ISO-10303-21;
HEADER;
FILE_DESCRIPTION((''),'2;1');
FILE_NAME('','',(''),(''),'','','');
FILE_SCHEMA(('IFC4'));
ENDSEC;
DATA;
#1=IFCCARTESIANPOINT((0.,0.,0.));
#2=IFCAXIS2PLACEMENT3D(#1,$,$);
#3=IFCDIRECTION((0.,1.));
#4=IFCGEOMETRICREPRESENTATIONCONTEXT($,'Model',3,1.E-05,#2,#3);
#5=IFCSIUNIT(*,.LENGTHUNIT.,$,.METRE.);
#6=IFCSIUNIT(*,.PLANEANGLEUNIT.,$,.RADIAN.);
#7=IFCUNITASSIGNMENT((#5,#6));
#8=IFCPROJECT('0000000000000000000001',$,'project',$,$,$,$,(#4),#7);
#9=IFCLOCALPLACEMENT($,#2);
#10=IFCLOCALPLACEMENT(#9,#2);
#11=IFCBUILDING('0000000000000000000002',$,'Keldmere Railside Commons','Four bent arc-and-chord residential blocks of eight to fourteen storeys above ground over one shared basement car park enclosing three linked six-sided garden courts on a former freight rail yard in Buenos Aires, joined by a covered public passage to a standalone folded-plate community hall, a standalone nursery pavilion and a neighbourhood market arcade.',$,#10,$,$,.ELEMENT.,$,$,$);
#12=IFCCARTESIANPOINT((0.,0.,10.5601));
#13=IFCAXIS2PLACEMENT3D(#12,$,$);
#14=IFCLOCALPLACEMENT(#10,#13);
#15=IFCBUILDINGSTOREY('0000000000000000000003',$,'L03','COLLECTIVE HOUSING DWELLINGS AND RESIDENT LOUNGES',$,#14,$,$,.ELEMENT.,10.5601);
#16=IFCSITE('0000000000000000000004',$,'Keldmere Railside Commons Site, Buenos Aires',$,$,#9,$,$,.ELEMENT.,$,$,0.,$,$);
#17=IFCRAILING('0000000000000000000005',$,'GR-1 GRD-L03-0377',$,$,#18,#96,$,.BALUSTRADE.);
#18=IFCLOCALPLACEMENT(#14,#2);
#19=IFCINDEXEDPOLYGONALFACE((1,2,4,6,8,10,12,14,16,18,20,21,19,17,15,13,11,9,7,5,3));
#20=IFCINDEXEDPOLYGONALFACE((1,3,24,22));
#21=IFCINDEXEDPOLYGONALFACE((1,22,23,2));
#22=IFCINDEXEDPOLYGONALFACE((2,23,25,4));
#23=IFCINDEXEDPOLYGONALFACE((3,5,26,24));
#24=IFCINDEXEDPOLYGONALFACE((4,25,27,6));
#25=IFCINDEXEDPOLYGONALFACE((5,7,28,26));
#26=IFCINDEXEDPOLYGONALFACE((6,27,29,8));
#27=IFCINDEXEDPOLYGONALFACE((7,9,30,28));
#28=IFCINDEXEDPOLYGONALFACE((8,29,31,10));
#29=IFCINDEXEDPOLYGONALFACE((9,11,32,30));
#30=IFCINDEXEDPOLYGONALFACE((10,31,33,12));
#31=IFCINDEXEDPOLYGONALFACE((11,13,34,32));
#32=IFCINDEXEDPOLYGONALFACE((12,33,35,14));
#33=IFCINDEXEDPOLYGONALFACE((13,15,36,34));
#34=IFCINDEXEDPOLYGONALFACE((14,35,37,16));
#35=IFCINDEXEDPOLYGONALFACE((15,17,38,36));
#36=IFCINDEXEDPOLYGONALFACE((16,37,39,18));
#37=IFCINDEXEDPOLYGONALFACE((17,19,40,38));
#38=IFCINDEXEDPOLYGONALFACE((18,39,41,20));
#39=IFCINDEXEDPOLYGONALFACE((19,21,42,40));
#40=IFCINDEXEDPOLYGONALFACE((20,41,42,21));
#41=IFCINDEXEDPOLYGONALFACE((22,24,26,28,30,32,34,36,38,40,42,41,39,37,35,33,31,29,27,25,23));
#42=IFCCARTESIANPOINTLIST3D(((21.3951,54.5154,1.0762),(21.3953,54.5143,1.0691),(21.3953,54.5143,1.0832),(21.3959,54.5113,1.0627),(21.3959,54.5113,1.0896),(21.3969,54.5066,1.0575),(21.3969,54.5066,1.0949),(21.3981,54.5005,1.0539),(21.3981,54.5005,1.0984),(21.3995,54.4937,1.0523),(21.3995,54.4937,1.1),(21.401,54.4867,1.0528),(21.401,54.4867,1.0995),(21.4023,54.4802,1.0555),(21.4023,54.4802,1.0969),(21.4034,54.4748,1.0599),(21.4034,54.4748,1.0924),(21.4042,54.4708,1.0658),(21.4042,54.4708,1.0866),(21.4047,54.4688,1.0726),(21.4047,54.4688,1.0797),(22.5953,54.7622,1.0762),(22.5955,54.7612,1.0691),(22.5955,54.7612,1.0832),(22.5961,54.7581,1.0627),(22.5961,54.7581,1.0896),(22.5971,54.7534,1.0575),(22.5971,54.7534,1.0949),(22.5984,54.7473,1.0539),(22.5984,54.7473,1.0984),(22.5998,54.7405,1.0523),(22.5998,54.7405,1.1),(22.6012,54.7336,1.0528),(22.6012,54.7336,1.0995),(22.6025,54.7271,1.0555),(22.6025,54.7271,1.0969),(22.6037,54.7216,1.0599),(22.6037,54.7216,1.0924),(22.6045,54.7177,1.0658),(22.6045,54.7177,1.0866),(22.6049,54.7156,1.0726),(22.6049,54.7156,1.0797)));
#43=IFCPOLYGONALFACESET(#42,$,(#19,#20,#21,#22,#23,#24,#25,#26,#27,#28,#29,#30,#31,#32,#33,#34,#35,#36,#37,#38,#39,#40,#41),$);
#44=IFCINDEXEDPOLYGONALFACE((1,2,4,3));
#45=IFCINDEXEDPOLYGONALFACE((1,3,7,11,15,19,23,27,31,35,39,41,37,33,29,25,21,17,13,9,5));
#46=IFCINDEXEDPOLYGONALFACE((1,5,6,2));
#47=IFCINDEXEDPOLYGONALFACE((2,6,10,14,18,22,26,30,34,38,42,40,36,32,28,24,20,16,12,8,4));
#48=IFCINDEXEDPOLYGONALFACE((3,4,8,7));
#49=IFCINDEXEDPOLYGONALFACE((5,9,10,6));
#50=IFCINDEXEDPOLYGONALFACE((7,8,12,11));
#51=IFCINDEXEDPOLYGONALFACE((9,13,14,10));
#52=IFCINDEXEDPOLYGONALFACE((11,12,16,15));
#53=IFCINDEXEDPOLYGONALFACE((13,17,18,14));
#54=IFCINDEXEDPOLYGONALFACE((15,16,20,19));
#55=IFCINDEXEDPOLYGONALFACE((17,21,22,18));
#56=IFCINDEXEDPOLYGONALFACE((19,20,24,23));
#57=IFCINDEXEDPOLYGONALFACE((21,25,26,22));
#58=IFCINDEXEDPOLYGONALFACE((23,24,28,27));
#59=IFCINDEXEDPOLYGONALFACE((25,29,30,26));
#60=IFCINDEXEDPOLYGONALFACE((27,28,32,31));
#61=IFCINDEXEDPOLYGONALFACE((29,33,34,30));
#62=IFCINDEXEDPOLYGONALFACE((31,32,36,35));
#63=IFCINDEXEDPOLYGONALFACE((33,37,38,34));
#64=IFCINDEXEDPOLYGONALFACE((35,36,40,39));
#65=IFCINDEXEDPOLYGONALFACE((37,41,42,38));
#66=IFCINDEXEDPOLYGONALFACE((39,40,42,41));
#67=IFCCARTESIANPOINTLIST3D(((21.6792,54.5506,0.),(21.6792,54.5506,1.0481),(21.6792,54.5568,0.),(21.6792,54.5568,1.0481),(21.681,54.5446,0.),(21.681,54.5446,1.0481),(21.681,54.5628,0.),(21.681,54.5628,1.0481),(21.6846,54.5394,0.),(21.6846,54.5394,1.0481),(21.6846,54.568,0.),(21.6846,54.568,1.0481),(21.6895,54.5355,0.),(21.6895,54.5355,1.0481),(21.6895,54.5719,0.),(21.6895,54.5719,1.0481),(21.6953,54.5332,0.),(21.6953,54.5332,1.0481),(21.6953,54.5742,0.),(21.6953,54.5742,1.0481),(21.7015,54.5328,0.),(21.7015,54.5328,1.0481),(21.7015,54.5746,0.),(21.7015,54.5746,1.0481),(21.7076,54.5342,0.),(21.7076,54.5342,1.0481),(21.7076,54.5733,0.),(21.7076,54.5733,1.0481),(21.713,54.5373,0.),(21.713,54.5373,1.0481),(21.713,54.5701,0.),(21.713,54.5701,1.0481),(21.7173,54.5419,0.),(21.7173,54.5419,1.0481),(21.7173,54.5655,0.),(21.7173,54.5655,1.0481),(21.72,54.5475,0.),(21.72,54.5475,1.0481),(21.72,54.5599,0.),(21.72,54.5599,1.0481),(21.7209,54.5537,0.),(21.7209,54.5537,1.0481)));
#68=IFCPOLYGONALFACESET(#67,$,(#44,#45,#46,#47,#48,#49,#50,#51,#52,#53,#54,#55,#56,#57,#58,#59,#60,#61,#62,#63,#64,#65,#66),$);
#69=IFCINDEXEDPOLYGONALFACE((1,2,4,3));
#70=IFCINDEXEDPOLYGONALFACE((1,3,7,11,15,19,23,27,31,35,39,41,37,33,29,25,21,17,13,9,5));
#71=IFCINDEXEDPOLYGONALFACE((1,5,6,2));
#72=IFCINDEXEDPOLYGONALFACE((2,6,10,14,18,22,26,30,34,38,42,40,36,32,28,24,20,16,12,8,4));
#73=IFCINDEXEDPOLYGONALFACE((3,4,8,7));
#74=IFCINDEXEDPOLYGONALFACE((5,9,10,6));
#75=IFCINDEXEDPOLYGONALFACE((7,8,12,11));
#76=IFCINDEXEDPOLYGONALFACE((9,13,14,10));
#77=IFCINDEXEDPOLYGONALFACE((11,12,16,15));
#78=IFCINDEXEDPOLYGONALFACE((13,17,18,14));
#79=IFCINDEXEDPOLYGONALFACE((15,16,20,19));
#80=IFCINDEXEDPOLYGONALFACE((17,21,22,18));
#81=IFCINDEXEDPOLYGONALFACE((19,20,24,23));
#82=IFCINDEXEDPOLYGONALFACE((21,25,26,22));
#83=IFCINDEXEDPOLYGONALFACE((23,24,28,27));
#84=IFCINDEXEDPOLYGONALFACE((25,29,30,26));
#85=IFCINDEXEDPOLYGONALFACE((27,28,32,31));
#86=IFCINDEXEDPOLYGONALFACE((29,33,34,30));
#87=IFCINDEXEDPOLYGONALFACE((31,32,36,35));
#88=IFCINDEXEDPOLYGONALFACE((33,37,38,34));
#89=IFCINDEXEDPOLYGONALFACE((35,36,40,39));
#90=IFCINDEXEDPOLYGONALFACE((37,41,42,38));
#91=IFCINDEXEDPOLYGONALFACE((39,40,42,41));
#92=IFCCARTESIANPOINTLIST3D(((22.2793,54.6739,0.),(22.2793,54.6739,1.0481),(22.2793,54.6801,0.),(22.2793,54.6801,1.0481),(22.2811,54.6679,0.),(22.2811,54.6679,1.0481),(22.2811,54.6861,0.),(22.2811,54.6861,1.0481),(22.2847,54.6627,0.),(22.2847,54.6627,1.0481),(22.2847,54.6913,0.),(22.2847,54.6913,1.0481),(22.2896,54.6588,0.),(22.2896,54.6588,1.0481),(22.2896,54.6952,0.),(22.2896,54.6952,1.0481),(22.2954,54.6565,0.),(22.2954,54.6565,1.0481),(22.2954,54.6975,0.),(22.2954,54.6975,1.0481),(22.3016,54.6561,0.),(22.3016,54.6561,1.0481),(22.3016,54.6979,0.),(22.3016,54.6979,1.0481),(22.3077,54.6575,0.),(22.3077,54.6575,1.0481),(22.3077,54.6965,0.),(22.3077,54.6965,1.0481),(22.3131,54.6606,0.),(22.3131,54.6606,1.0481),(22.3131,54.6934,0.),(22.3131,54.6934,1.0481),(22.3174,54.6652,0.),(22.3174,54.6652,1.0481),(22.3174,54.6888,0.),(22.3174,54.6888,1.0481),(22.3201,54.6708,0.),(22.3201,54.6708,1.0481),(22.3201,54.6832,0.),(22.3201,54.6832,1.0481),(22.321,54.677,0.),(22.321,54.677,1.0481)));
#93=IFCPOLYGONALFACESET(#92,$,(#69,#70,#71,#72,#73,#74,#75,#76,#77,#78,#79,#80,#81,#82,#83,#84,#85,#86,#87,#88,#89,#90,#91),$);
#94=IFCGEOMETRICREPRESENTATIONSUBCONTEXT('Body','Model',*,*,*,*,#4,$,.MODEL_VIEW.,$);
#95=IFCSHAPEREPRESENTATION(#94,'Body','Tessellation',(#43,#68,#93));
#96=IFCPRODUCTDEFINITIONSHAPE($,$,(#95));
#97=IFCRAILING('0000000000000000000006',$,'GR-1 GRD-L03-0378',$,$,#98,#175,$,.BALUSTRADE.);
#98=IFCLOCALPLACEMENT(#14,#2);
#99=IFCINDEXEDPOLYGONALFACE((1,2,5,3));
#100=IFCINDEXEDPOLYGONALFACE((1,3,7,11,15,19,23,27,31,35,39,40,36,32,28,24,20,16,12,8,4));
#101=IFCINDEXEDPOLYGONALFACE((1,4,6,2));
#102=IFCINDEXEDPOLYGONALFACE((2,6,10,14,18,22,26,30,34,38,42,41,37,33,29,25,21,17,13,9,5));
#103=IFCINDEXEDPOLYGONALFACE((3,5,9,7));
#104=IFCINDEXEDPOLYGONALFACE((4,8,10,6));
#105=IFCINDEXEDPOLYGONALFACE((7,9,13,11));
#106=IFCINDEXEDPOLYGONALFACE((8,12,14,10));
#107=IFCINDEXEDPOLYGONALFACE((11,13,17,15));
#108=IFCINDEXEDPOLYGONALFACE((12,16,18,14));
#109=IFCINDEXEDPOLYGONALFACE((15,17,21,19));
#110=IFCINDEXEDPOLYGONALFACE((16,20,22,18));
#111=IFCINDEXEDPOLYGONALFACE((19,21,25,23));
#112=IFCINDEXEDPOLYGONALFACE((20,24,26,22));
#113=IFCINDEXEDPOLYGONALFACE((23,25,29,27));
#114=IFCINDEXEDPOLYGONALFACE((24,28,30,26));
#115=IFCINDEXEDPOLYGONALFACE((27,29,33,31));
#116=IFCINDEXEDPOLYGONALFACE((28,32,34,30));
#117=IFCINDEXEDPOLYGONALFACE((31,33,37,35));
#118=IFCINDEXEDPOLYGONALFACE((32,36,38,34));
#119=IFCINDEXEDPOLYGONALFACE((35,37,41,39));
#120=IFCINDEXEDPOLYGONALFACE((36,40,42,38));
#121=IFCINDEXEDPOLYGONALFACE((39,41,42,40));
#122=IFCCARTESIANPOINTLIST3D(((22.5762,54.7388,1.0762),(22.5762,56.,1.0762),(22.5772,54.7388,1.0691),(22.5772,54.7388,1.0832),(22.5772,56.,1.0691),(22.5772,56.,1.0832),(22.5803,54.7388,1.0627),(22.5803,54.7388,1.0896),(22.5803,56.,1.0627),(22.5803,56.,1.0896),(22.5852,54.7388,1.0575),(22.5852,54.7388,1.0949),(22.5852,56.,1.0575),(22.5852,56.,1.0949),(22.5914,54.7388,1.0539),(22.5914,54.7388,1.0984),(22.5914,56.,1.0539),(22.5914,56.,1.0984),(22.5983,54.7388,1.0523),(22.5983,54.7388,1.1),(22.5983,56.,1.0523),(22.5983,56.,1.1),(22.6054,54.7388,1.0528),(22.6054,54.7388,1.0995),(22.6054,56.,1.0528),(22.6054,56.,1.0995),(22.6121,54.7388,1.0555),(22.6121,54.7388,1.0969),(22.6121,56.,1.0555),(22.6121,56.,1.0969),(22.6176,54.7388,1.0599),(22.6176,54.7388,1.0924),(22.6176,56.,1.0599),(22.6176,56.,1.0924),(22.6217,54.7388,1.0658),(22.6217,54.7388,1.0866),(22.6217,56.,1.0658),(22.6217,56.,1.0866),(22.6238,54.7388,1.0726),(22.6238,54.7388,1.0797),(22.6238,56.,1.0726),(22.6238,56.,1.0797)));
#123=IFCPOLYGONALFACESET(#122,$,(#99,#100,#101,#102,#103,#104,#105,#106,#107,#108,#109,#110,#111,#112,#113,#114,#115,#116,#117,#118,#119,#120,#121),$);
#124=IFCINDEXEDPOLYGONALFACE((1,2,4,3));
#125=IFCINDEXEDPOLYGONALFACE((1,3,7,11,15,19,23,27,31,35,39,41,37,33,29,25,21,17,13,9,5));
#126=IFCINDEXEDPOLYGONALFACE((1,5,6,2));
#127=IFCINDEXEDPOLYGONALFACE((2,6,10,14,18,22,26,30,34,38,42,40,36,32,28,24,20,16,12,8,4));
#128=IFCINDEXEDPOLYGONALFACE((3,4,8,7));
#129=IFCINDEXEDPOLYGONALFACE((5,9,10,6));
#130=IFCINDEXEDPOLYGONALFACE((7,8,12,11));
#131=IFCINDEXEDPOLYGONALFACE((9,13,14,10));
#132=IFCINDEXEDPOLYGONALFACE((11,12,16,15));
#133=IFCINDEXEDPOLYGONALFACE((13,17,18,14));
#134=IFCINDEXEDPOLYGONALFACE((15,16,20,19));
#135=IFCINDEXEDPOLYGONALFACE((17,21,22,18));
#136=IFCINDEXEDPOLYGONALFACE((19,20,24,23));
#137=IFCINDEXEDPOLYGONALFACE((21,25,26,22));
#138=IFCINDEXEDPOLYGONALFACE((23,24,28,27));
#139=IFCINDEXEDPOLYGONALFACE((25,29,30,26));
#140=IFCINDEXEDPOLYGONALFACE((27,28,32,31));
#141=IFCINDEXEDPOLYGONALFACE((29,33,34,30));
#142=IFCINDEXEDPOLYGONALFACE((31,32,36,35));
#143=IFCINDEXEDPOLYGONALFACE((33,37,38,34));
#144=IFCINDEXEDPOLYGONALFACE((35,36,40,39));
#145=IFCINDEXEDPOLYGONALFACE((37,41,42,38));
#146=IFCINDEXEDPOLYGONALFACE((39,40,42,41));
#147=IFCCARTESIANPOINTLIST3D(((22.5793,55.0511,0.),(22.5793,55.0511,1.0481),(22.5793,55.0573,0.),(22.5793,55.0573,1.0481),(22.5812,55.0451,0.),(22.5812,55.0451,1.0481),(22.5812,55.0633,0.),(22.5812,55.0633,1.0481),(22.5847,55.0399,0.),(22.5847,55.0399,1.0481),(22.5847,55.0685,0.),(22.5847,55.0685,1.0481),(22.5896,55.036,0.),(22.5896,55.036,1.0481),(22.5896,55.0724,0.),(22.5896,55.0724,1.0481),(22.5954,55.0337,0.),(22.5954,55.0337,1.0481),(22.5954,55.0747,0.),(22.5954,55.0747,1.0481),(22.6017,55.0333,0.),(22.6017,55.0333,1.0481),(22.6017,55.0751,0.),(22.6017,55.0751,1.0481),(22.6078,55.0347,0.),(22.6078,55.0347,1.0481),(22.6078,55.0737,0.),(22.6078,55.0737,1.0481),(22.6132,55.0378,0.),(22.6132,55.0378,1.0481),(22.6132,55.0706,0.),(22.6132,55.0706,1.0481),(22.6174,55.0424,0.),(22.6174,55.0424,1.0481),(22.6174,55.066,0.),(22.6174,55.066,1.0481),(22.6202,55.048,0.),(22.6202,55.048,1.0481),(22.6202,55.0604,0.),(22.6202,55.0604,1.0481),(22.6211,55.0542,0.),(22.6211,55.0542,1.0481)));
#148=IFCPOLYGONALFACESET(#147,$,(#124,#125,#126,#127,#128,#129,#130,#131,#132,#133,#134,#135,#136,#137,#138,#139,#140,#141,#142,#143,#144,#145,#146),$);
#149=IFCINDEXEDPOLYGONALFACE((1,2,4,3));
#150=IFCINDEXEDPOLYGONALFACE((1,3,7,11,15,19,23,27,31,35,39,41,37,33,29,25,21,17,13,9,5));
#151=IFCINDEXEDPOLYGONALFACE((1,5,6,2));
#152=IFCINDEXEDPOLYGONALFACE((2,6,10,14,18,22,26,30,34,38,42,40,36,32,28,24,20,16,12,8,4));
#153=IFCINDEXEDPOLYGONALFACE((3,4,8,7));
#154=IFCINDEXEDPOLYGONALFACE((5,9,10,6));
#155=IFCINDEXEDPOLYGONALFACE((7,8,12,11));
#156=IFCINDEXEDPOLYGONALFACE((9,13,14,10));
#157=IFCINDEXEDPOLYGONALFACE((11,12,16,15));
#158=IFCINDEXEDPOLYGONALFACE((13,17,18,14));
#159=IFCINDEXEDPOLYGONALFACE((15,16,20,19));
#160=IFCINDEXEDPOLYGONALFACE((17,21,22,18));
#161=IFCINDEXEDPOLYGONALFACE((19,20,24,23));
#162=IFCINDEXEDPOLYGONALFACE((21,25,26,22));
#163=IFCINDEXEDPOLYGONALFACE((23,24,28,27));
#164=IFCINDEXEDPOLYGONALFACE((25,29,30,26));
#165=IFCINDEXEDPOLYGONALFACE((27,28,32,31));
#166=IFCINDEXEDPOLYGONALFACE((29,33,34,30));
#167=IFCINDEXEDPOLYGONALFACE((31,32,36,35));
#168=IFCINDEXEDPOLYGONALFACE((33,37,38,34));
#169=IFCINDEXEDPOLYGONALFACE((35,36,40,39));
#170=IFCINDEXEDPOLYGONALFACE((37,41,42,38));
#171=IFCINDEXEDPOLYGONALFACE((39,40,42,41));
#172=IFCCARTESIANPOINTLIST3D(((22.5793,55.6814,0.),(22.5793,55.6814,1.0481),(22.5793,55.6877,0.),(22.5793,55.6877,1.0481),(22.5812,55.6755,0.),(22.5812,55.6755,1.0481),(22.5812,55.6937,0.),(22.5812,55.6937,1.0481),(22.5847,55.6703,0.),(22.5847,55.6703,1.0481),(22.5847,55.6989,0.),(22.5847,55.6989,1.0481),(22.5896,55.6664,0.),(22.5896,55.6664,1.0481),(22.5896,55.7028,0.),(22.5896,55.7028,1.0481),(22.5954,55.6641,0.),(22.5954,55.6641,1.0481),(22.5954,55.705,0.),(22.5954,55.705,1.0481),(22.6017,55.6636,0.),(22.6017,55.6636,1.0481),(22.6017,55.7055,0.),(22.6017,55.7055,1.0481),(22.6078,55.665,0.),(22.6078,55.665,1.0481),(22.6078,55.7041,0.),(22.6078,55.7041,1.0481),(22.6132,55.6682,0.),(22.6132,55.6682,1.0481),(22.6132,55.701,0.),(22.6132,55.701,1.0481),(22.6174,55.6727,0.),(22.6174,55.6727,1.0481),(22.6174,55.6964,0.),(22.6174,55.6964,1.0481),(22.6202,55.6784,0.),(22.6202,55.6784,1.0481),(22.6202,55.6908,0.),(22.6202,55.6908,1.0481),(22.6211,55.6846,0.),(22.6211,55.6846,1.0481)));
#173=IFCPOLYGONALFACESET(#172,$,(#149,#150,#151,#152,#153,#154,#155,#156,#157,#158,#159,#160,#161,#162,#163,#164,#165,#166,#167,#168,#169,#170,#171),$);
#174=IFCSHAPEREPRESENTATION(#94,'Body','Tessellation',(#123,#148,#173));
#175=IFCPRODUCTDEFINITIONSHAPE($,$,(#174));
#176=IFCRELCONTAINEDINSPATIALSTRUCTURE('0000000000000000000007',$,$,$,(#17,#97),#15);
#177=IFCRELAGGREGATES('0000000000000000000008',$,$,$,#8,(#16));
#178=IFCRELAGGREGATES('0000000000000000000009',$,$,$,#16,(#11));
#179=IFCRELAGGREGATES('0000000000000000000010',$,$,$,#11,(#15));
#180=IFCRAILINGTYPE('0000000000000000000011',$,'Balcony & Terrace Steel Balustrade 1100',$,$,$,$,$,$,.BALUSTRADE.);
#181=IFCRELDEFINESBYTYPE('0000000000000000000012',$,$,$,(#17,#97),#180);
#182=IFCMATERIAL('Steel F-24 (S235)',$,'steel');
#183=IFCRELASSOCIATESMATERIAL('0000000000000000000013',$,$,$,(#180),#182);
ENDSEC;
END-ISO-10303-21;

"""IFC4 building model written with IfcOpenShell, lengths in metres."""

from ifc_helpers import new_model, si_unit, direction, frame, origin, origin_2d, place, context, subcontext, project, spatial, circle, extrude, material, type_object, element, save


model = new_model("IFC4")

# Units and contexts
model_context = context("Model", 3, precision=1e-05, world=origin(), true_north=direction((0.0, 1.0)))
body_context = subcontext(model_context, "Body", "Model", "MODEL_VIEW")
ifc_project = project(units=[si_unit("LENGTHUNIT", "METRE"), si_unit("PLANEANGLEUNIT", "RADIAN")], contexts=[model_context])

# Site, building, storey
site_placement = place(None, origin())
site = spatial("IfcSite", under=ifc_project, at=site_placement, Name="Keldmere Railside Commons Site, Buenos Aires", CompositionType="ELEMENT", RefElevation=0.0)
building_placement = place(site_placement, origin())
building = spatial("IfcBuilding", under=site, at=building_placement, Name="Keldmere Railside Commons", Description="Four bent arc-and-chord residential blocks of eight to fourteen storeys above ground over one shared basement car park enclosing three linked six-sided garden courts on a former freight rail yard in Buenos Aires, joined by a covered public passage to a standalone folded-plate community hall, a standalone nursery pavilion and a neighbourhood market arcade.", CompositionType="ELEMENT")
storey_placement = place(building_placement, frame((0.0, 0.0, 10.5601)))
storey = spatial("IfcBuildingStorey", under=building, at=storey_placement, Name="L03", Description="COLLECTIVE HOUSING DWELLINGS AND RESIDENT LOUNGES", CompositionType="ELEMENT", Elevation=10.5601)

# Railings
ifc_material_1 = material(Name="Steel F-24 (S235)", Category="steel")
railing_type = type_object("IfcRailingType", Name="Balcony & Terrace Steel Balustrade 1100", PredefinedType="BALUSTRADE", material=ifc_material_1)
railing_1_placement = place(storey_placement, frame((21.3999, 54.4919, 0.0)))
element("IfcRailing", 1, at=railing_1_placement, inside=storey, type_object=railing_type, Name="GR-1 GRD-L03-0377", PredefinedType="BALUSTRADE", context=body_context, shape_type="SweptSolid", body=[
    extrude(circle(Radius=0.0239, at=origin_2d()), frame((0.0, 0.0, 1.0762), z_axis=(0.979501, 0.201439, 0.0), x_axis=(-0.201439, 0.979501, 0.0)), (0.0, 0.0, 1.0), 1.2253),
    extrude(circle(Radius=0.021, at=origin_2d()), frame((0.3, 0.0618, 0.0)), (0.0, 0.0, 1.0), 1.0481),
    extrude(circle(Radius=0.021, at=origin_2d()), frame((0.9001, 0.1851, 0.0)), (0.0, 0.0, 1.0), 1.0481),
])
railing_2_placement = place(storey_placement, frame((22.6001, 54.7388, 0.0)))
element("IfcRailing", 2, at=railing_2_placement, inside=storey, type_object=railing_type, Name="GR-1 GRD-L03-0378", PredefinedType="BALUSTRADE", context=body_context, shape_type="SweptSolid", body=[
    extrude(circle(Radius=0.0239, at=origin_2d()), frame((0.0, 0.0, 1.0762), z_axis=(0.0, 1.0, 0.0), x_axis=(-1.0, 0.0, 0.0)), (0.0, 0.0, 1.0), 1.2612),
    extrude(circle(Radius=0.021, at=origin_2d()), frame((0.0, 0.3154, 0.0)), (0.0, 0.0, 1.0), 1.0481),
    extrude(circle(Radius=0.021, at=origin_2d()), frame((0.0, 0.9458, 0.0)), (0.0, 0.0, 1.0), 1.0481),
])

save(model, "model.ifc")
